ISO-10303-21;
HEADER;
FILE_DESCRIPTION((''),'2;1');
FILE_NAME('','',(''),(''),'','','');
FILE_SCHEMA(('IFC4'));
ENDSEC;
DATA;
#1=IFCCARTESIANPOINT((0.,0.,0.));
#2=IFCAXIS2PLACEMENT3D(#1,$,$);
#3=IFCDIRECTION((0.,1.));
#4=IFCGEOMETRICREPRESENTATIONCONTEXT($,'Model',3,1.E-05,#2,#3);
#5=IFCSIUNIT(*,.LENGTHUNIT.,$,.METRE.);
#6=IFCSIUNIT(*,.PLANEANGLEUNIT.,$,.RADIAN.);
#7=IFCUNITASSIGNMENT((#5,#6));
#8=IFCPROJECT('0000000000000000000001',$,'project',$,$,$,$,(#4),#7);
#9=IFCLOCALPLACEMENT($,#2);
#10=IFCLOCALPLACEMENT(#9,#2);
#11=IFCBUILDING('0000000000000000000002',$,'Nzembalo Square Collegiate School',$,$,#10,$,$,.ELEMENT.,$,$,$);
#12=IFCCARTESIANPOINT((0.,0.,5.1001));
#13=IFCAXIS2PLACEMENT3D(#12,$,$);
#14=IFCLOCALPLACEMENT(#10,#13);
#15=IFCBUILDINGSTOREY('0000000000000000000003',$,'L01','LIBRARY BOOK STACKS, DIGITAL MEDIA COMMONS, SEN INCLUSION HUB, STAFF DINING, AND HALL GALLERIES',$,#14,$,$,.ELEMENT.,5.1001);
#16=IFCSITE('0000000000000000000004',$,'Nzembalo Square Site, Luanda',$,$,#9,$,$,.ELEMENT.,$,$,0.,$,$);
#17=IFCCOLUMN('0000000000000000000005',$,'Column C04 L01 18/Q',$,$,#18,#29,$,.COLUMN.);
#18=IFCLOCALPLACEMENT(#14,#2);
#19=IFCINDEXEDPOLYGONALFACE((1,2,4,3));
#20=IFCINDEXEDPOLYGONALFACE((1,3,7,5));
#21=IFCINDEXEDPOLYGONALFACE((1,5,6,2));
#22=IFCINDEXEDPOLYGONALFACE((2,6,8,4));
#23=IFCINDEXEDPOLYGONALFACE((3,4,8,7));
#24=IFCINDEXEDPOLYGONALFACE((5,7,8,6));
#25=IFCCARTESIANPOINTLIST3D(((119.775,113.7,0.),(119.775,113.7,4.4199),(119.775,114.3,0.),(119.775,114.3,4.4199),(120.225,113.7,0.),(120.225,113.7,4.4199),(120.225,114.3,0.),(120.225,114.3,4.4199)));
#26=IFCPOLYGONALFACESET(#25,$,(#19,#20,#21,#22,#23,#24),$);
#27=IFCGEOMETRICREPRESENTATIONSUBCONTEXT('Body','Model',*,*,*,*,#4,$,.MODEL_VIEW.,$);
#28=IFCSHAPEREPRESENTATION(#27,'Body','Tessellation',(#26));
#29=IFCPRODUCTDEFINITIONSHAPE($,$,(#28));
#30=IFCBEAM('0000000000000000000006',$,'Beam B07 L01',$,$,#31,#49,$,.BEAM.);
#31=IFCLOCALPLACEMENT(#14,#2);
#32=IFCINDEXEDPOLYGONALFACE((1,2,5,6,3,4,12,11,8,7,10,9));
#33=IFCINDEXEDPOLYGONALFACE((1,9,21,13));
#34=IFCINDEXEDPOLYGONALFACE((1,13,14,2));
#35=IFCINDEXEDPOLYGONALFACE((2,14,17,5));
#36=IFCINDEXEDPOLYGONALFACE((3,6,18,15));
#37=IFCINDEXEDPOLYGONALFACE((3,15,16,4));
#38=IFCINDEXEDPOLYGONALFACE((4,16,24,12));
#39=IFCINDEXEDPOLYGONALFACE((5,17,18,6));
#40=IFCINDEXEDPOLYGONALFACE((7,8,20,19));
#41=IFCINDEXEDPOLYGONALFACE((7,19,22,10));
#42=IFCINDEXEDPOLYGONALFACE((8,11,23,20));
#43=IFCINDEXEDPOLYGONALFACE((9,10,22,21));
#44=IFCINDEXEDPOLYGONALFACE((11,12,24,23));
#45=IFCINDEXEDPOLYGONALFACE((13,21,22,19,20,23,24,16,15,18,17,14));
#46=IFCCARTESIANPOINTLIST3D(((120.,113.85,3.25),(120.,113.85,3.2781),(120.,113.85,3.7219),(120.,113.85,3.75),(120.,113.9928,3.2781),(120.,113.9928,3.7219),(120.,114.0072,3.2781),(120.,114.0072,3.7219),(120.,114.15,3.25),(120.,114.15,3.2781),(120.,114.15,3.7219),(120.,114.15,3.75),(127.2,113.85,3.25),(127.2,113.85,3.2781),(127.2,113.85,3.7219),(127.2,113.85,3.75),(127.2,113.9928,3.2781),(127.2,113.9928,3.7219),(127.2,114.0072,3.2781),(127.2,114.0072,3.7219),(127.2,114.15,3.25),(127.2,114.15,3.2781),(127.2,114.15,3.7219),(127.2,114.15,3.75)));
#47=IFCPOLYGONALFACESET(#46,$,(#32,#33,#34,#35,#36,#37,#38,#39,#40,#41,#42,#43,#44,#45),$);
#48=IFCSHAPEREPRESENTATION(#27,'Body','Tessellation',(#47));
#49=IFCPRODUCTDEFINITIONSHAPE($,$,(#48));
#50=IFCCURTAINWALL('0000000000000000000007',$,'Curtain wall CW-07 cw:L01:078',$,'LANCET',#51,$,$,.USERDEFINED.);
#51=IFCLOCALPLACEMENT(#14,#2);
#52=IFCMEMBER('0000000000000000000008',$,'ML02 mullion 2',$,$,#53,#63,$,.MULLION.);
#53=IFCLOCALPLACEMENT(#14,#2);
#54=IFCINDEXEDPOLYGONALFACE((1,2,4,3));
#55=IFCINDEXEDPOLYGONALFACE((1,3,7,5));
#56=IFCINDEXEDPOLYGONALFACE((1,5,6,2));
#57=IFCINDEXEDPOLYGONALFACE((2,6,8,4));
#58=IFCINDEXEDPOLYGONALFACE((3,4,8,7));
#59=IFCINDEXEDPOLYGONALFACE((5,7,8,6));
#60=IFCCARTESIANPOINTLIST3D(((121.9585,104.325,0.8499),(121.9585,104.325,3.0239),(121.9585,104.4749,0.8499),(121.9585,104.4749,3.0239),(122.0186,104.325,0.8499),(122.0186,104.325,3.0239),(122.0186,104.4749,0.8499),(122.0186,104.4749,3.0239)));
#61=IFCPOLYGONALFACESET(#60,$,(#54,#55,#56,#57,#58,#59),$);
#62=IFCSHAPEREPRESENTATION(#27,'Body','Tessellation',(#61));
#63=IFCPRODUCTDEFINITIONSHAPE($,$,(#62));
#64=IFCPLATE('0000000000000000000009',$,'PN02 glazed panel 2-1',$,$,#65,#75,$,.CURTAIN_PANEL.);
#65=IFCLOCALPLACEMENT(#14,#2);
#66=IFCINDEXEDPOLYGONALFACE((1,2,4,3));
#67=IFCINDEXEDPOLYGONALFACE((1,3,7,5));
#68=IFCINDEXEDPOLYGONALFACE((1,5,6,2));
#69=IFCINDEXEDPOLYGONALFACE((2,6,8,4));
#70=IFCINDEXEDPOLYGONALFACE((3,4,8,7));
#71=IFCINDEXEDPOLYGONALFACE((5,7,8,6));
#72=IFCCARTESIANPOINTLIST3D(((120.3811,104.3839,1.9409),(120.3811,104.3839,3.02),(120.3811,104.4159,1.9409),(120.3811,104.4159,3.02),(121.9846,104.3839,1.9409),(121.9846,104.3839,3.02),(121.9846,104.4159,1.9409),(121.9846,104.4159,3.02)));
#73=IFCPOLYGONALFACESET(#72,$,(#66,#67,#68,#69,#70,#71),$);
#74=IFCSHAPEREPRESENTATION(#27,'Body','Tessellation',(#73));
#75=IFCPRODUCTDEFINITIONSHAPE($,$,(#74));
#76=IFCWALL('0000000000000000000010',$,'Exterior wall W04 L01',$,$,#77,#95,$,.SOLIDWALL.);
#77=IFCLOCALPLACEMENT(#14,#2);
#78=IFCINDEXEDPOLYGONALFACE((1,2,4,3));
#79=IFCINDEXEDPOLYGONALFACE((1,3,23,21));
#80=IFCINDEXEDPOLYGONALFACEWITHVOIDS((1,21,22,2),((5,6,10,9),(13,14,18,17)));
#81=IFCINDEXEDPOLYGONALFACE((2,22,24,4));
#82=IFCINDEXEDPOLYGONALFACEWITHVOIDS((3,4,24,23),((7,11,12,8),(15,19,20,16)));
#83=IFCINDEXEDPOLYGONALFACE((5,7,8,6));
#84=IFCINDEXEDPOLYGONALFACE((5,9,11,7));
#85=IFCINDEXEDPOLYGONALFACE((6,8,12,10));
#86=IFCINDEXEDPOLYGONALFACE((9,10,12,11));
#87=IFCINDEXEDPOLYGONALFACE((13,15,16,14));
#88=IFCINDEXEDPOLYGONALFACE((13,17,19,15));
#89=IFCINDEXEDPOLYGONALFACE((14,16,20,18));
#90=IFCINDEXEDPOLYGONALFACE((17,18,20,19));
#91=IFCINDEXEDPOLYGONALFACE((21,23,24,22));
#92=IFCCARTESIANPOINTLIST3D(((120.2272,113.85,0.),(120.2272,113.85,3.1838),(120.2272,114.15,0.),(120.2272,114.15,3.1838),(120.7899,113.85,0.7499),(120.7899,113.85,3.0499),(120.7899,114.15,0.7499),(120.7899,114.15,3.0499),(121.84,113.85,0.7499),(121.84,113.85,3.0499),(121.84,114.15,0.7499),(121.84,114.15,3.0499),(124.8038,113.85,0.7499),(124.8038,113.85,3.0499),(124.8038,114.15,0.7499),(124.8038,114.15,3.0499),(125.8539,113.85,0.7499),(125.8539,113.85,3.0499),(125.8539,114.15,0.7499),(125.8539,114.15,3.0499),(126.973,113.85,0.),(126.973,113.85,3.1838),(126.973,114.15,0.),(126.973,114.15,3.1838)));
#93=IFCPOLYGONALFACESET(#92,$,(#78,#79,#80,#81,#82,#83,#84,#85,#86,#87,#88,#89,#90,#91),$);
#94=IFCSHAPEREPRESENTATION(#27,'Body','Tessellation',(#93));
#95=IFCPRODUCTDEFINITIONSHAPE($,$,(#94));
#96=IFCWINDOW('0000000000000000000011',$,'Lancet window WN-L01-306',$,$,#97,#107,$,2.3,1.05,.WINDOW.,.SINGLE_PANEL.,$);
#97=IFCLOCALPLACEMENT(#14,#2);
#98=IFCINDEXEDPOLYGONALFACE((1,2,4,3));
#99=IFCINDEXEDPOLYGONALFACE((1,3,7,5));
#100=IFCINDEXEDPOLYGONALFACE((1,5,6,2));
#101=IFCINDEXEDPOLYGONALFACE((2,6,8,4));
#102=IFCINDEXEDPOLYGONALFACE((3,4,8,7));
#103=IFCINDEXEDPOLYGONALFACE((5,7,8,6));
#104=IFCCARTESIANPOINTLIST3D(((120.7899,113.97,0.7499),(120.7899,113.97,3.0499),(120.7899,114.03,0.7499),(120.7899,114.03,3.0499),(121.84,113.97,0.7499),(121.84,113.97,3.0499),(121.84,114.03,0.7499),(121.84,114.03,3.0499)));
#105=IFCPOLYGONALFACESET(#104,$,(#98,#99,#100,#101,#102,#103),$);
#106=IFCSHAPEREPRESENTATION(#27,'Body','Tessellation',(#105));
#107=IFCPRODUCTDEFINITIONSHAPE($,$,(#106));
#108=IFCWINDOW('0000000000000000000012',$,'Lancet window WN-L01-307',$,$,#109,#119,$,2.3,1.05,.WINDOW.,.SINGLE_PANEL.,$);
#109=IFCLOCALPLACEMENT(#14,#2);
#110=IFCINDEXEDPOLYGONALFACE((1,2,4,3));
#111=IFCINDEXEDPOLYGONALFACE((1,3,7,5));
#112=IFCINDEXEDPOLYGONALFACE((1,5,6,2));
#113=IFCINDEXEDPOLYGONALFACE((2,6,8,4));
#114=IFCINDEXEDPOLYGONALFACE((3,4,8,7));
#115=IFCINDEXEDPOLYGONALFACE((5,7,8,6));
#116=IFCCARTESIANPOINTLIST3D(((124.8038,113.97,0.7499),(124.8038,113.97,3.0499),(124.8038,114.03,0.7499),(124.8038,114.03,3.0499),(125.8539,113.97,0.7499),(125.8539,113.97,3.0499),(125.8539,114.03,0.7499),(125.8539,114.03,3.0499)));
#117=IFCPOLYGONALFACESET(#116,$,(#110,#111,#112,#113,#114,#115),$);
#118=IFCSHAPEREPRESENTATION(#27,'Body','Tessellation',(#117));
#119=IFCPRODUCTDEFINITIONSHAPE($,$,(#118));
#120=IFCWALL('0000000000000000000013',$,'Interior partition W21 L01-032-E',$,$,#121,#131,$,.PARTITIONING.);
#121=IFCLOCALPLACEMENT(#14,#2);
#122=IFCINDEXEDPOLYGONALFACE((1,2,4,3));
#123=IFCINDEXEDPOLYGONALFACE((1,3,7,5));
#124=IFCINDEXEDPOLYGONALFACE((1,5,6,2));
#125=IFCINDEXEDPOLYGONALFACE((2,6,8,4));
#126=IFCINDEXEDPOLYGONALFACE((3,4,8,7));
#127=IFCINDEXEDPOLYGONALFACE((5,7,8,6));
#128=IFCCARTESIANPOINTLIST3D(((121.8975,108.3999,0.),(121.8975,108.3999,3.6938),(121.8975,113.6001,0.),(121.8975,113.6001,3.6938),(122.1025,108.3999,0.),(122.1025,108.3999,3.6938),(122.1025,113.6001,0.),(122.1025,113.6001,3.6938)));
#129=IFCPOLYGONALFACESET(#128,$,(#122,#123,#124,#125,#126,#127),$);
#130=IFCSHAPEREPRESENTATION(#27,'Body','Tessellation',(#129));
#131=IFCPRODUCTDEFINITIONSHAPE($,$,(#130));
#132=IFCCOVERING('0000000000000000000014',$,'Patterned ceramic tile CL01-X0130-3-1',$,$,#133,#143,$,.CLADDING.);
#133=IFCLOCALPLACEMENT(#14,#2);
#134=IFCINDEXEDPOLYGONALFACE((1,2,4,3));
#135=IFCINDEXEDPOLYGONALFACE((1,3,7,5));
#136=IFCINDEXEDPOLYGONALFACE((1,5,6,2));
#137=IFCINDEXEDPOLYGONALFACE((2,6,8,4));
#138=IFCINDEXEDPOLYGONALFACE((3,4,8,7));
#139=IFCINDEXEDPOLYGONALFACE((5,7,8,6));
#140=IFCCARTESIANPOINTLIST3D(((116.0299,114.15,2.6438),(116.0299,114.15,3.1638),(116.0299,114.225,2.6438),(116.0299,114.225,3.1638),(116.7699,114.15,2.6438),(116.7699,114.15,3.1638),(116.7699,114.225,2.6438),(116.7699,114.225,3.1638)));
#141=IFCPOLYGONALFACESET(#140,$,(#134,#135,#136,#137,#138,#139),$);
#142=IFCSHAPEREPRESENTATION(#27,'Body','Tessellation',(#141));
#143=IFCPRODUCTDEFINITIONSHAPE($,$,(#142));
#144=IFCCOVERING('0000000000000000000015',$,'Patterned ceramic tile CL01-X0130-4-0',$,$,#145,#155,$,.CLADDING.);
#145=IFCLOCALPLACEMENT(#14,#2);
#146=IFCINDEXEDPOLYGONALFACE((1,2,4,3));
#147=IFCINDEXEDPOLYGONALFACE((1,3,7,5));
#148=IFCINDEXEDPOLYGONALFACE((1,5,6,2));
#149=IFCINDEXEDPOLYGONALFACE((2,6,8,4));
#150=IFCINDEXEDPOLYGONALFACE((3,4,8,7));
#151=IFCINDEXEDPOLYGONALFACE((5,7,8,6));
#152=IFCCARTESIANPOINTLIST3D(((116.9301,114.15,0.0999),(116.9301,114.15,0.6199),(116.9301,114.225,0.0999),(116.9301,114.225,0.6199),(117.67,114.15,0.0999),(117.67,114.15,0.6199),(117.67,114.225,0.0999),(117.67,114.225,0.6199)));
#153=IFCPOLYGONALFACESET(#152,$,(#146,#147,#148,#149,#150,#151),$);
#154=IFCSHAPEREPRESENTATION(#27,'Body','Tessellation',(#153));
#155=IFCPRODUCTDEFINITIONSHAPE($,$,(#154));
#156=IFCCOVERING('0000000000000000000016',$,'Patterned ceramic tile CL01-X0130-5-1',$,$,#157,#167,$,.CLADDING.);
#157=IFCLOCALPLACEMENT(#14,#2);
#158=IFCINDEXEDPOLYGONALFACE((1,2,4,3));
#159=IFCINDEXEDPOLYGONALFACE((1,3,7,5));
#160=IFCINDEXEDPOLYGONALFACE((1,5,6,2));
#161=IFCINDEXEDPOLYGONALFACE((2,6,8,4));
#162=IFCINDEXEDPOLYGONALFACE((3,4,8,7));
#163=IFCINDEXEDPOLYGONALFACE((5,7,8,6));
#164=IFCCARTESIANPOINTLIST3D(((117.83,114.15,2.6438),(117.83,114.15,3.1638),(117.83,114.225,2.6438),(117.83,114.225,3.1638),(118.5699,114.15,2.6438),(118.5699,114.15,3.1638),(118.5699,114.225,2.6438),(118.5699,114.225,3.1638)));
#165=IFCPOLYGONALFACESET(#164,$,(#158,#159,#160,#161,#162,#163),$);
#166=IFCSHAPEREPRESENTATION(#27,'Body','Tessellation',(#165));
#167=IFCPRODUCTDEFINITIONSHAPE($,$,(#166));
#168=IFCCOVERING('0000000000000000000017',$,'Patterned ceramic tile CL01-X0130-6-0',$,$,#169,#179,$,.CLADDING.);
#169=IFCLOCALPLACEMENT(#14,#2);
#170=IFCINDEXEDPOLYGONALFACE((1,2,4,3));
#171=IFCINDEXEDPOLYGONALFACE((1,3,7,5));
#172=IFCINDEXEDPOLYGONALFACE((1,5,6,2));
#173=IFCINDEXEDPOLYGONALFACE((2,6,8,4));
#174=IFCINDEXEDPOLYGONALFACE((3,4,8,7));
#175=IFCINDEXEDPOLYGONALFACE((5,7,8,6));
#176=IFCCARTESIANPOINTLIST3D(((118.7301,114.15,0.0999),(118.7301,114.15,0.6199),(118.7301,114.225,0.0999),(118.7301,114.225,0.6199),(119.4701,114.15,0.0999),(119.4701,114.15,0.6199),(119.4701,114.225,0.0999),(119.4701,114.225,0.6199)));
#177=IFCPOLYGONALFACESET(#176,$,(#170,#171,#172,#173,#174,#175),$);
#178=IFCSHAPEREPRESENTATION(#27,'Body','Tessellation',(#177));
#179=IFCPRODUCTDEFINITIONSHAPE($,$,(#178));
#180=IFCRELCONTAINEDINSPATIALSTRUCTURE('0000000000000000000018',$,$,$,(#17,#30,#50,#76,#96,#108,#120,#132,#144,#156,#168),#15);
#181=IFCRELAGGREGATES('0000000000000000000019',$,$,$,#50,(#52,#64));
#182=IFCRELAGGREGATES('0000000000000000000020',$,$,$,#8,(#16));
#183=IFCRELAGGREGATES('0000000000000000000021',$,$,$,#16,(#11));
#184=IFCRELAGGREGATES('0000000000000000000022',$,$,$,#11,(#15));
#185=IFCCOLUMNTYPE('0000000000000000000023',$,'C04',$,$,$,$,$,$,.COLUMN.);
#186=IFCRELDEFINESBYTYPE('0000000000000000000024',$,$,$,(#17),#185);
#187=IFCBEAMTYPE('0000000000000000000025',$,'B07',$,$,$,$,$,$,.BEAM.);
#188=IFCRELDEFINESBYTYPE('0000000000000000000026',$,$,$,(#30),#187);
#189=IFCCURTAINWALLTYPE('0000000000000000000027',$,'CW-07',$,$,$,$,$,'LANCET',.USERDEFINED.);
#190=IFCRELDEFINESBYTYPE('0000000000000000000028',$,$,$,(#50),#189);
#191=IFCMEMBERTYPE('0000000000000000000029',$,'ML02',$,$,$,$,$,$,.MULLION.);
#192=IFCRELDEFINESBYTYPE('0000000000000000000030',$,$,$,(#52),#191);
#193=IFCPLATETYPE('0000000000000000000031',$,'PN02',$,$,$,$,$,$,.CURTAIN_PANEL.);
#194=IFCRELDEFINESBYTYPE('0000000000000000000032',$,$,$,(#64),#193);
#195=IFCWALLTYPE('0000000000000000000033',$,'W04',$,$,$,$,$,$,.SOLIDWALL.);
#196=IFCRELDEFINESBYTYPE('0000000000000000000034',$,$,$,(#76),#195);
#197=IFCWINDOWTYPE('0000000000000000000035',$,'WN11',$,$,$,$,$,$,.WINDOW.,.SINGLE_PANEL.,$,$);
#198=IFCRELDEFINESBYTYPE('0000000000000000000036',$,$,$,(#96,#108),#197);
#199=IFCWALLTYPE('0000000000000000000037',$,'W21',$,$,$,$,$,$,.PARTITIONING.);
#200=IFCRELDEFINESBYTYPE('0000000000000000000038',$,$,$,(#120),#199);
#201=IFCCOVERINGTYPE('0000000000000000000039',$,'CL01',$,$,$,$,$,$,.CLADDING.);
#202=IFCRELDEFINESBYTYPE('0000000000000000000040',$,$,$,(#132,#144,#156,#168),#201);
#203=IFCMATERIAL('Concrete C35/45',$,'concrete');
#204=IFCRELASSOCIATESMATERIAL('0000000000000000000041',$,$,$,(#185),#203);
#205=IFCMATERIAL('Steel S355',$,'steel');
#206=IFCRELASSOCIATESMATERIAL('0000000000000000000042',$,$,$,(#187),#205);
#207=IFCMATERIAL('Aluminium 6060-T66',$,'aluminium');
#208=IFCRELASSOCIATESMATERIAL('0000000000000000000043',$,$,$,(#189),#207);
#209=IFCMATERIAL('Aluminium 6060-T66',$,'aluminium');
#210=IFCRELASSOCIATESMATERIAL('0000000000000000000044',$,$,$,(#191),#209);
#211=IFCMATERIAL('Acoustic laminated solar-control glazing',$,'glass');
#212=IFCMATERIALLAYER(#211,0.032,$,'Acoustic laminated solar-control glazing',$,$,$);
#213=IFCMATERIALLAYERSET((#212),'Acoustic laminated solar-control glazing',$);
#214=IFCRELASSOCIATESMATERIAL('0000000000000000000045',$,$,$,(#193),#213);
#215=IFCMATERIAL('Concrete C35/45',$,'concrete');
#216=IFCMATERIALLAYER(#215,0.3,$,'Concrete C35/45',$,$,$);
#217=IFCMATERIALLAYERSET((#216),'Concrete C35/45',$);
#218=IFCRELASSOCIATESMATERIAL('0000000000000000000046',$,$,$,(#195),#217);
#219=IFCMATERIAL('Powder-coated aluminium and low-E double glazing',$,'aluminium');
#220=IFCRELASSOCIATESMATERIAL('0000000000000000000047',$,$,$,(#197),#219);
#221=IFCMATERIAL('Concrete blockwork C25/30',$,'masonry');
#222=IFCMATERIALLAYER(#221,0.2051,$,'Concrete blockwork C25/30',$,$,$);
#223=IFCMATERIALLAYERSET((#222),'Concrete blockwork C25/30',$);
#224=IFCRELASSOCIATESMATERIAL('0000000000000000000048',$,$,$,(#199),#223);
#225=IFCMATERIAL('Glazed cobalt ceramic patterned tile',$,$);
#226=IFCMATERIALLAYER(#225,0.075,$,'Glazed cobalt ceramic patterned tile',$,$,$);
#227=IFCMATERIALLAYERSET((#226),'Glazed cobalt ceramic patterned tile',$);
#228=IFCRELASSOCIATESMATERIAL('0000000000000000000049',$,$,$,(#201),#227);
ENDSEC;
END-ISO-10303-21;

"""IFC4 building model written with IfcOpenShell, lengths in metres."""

from ifc_helpers import new_model, si_unit, direction, frame, frame_2d, origin, origin_2d, place, context, subcontext, project, spatial, rectangle, i_section, extrude, material, layer, layer_set, material_profile, profile_set, type_object, element, fill, aggregate, save


model = new_model("IFC4")

# Units and contexts
model_context = context("Model", 3, precision=1e-05, world=origin(), true_north=direction((0.0, 1.0)))
body_context = subcontext(model_context, "Body", "Model", "MODEL_VIEW")
ifc_project = project(units=[si_unit("LENGTHUNIT", "METRE"), si_unit("PLANEANGLEUNIT", "RADIAN")], contexts=[model_context])

# Site, building, storey
site_placement = place(None, origin())
site = spatial("IfcSite", under=ifc_project, at=site_placement, Name="Nzembalo Square Site, Luanda", CompositionType="ELEMENT", RefElevation=0.0)
building_placement = place(site_placement, origin())
building = spatial("IfcBuilding", under=site, at=building_placement, Name="Nzembalo Square Collegiate School", CompositionType="ELEMENT")
storey_placement = place(building_placement, frame((0.0, 0.0, 5.1001)))
storey = spatial("IfcBuildingStorey", under=building, at=storey_placement, Name="L01", Description="LIBRARY BOOK STACKS, DIGITAL MEDIA COMMONS, SEN INCLUSION HUB, STAFF DINING, AND HALL GALLERIES", CompositionType="ELEMENT", Elevation=5.1001)

# Column
ifc_material_1 = material(Name="Concrete C35/45", Category="concrete")
ifc_material_profile_1 = material_profile(ifc_material_1, rectangle(XDim=0.45, YDim=0.6001, at=origin_2d()), Name="RC 450x600")
ifc_profile_set_1 = profile_set([ifc_material_profile_1], Name="Concrete C35/45")
column_type = type_object("IfcColumnType", Name="C04", PredefinedType="COLUMN", material=ifc_profile_set_1)
column_placement = place(storey_placement, frame((120.0, 114.0, 0.0), z_axis=(0.0, 0.0, 1.0), x_axis=(1.0, 0.0, 0.0)))
element("IfcColumn", 1, at=column_placement, inside=storey, type_object=column_type, Name="Column C04 L01 18/Q", PredefinedType="COLUMN", context=body_context, shape_type="SweptSolid", body=[
    extrude(rectangle(XDim=0.45, YDim=0.6001, at=origin_2d()), origin(), (0.0, 0.0, 1.0), 4.4199),
])

# Beam
ifc_material_2 = material(Name="Steel S355", Category="steel")
ifc_material_profile_2 = material_profile(ifc_material_2, i_section(OverallWidth=0.3, OverallDepth=0.5, WebThickness=0.0144, FlangeThickness=0.0281, at=origin_2d()), Name="HEB 500")
ifc_profile_set_2 = profile_set([ifc_material_profile_2], Name="Steel S355")
beam_type = type_object("IfcBeamType", Name="B07", PredefinedType="BEAM", material=ifc_profile_set_2)
beam_placement = place(storey_placement, frame((120.0, 114.0, 3.5), z_axis=(1.0, 0.0, 0.0), x_axis=(0.0, 1.0, 0.0)))
element("IfcBeam", 2, at=beam_placement, inside=storey, type_object=beam_type, Name="Beam B07 L01", PredefinedType="BEAM", context=body_context, shape_type="SweptSolid", body=[
    extrude(i_section(OverallWidth=0.3, OverallDepth=0.5, WebThickness=0.0144, FlangeThickness=0.0281, at=origin_2d()), origin(), (0.0, 0.0, 1.0), 7.2),
])

# Curtain wall, member, plate
ifc_material_3 = material(Name="Aluminium 6060-T66", Category="aluminium")
curtain_wall_type = type_object("IfcCurtainWallType", Name="CW-07", ElementType="LANCET", PredefinedType="USERDEFINED", material=ifc_material_3)
curtain_wall_placement = place(storey_placement, origin())
curtain_wall = element("IfcCurtainWall", 3, at=curtain_wall_placement, inside=storey, type_object=curtain_wall_type, Name="Curtain wall CW-07 cw:L01:078", ObjectType="LANCET", PredefinedType="USERDEFINED")
ifc_material_4 = material(Name="Aluminium 6060-T66", Category="aluminium")
ifc_material_profile_3 = material_profile(ifc_material_4, rectangle(XDim=0.0601, YDim=0.1499, at=origin_2d()), Name="ALU M60x150")
ifc_profile_set_3 = profile_set([ifc_material_profile_3], Name="Aluminium 6060-T66")
member_type = type_object("IfcMemberType", Name="ML02", PredefinedType="MULLION", material=ifc_profile_set_3)
member_placement = place(storey_placement, frame((121.9885, 104.3999, 0.8499), z_axis=(0.0, 0.0, 1.0), x_axis=(1.0, 0.0, 0.0)))
member = element("IfcMember", 4, at=member_placement, type_object=member_type, Name="ML02 mullion 2", PredefinedType="MULLION", context=body_context, shape_type="SweptSolid", body=[
    extrude(rectangle(XDim=0.0601, YDim=0.1499, at=origin_2d()), origin(), (0.0, 0.0, 1.0), 2.1741),
])
ifc_material_5 = material(Name="Acoustic laminated solar-control glazing", Category="glass")
ifc_layer_1 = layer(ifc_material_5, 0.032, Name="Acoustic laminated solar-control glazing")
ifc_layer_set_1 = layer_set([ifc_layer_1], Name="Acoustic laminated solar-control glazing")
plate_type = type_object("IfcPlateType", Name="PN02", PredefinedType="CURTAIN_PANEL", material=ifc_layer_set_1)
plate_placement = place(storey_placement, frame((121.1829, 104.3999, 1.9409), z_axis=(0.0, 0.0, 1.0), x_axis=(1.0, 0.0, 0.0)))
plate = element("IfcPlate", 5, at=plate_placement, type_object=plate_type, Name="PN02 glazed panel 2-1", PredefinedType="CURTAIN_PANEL", context=body_context, shape_type="SweptSolid", body=[
    extrude(rectangle(XDim=1.6035, YDim=0.032, at=origin_2d()), origin(), (0.0, 0.0, 1.0), 1.0791),
])
aggregate(curtain_wall, [member, plate])

# Wall, openings, windows
ifc_material_6 = material(Name="Concrete C35/45", Category="concrete")
ifc_layer_2 = layer(ifc_material_6, 0.3, Name="Concrete C35/45")
ifc_layer_set_2 = layer_set([ifc_layer_2], Name="Concrete C35/45")
wall_type_1 = type_object("IfcWallType", Name="W04", PredefinedType="SOLIDWALL", material=ifc_layer_set_2)
wall_1_placement = place(storey_placement, frame((120.2271, 114.0, 0.0), z_axis=(0.0, 0.0, 1.0), x_axis=(1.0, 0.0, 0.0)))
wall_1 = element("IfcWall", 6, at=wall_1_placement, inside=storey, type_object=wall_type_1, Name="Exterior wall W04 L01", PredefinedType="SOLIDWALL", context=body_context, shape_type="SweptSolid", body=[
    extrude(rectangle(XDim=6.7458, YDim=0.3, at=frame_2d((3.373, 0.0))), origin(), (0.0, 0.0, 1.0), 3.1838),
])
opening_1_placement = place(wall_1_placement, frame((0.563, 0.0, 0.75)))
opening_1 = element("IfcOpeningElement", 7, at=opening_1_placement, cuts=wall_1, PredefinedType="OPENING", context=body_context, shape_type="SweptSolid", body=[
    extrude(rectangle(XDim=1.05, YDim=2.3, at=frame_2d((0.5249, 1.1499))), frame((0.0, 0.1602, 0.0), z_axis=(0.0, -1.0, 0.0), x_axis=(1.0, 0.0, 0.0)), (0.0, 0.0, 1.0), 0.3201),
])
opening_2_placement = place(wall_1_placement, frame((4.5769, 0.0, 0.75)))
opening_2 = element("IfcOpeningElement", 8, at=opening_2_placement, cuts=wall_1, PredefinedType="OPENING", context=body_context, shape_type="SweptSolid", body=[
    extrude(rectangle(XDim=1.05, YDim=2.3, at=frame_2d((0.5249, 1.1499))), frame((0.0, 0.1602, 0.0), z_axis=(0.0, -1.0, 0.0), x_axis=(1.0, 0.0, 0.0)), (0.0, 0.0, 1.0), 0.3201),
])
ifc_material_7 = material(Name="Powder-coated aluminium and low-E double glazing", Category="aluminium")
window_type = type_object("IfcWindowType", Name="WN11", PartitioningType="SINGLE_PANEL", PredefinedType="WINDOW", material=ifc_material_7)
window_1_placement = place(opening_1_placement, origin())
window_1 = element("IfcWindow", 9, at=window_1_placement, inside=storey, type_object=window_type, Name="Lancet window WN-L01-306", OverallHeight=2.3, OverallWidth=1.05, PartitioningType="SINGLE_PANEL", PredefinedType="WINDOW", context=body_context, shape_type="SweptSolid", body=[
    extrude(rectangle(XDim=1.05, YDim=2.3, at=frame_2d((0.5249, 1.1499))), frame((0.0, 0.03, 0.0), z_axis=(0.0, -1.0, 0.0), x_axis=(1.0, 0.0, 0.0)), (0.0, 0.0, 1.0), 0.0601),
])
fill(opening_1, window_1)
window_2_placement = place(opening_2_placement, origin())
window_2 = element("IfcWindow", 10, at=window_2_placement, inside=storey, type_object=window_type, Name="Lancet window WN-L01-307", OverallHeight=2.3, OverallWidth=1.05, PartitioningType="SINGLE_PANEL", PredefinedType="WINDOW", context=body_context, shape_type="SweptSolid", body=[
    extrude(rectangle(XDim=1.05, YDim=2.3, at=frame_2d((0.5249, 1.1499))), frame((0.0, 0.03, 0.0), z_axis=(0.0, -1.0, 0.0), x_axis=(1.0, 0.0, 0.0)), (0.0, 0.0, 1.0), 0.0601),
])
fill(opening_2, window_2)

# Wall
ifc_material_8 = material(Name="Concrete blockwork C25/30", Category="masonry")
ifc_layer_3 = layer(ifc_material_8, 0.2051, Name="Concrete blockwork C25/30")
ifc_layer_set_3 = layer_set([ifc_layer_3], Name="Concrete blockwork C25/30")
wall_type_2 = type_object("IfcWallType", Name="W21", PredefinedType="PARTITIONING", material=ifc_layer_set_3)
wall_2_placement = place(storey_placement, frame((122.0, 108.3999, 0.0), z_axis=(0.0, 0.0, 1.0), x_axis=(0.0, 1.0, 0.0)))
element("IfcWall", 11, at=wall_2_placement, inside=storey, type_object=wall_type_2, Name="Interior partition W21 L01-032-E", PredefinedType="PARTITIONING", context=body_context, shape_type="SweptSolid", body=[
    extrude(rectangle(XDim=5.2002, YDim=0.2051, at=frame_2d((2.6001, 0.0))), origin(), (0.0, 0.0, 1.0), 3.6938),
])

# Coverings
ifc_material_9 = material(Name="Glazed cobalt ceramic patterned tile")
ifc_layer_4 = layer(ifc_material_9, 0.075, Name="Glazed cobalt ceramic patterned tile")
ifc_layer_set_4 = layer_set([ifc_layer_4], Name="Glazed cobalt ceramic patterned tile")
covering_type_1 = type_object("IfcCoveringType", Name="CL01", PredefinedType="CLADDING", material=ifc_layer_set_4)
for number, where, z_axis, x_axis, name in (
    (12, (116.3999, 114.1875, 2.6438), (0.0, 0.0, 1.0), (1.0, 0.0, 0.0), "Patterned ceramic tile CL01-X0130-3-1"),
    (13, (117.3, 114.1875, 0.0999), (0.0, 0.0, 1.0), (1.0, 0.0, 0.0), "Patterned ceramic tile CL01-X0130-4-0"),
    (14, (118.2, 114.1875, 2.6438), (0.0, 0.0, 1.0), (1.0, 0.0, 0.0), "Patterned ceramic tile CL01-X0130-5-1"),
    (15, (119.1001, 114.1875, 0.0999), (0.0, 0.0, 1.0), (1.0, 0.0, 0.0), "Patterned ceramic tile CL01-X0130-6-0"),
):
    element("IfcCovering", number, at=place(storey_placement, frame(where, z_axis=z_axis, x_axis=x_axis)), inside=storey, type_object=covering_type_1, Name=name, PredefinedType="CLADDING", context=body_context, shape_type="SweptSolid", body=[
        extrude(rectangle(XDim=0.74, YDim=0.075, at=origin_2d()), origin(), (0.0, 0.0, 1.0), 0.52),
    ])

save(model, "model.ifc")
